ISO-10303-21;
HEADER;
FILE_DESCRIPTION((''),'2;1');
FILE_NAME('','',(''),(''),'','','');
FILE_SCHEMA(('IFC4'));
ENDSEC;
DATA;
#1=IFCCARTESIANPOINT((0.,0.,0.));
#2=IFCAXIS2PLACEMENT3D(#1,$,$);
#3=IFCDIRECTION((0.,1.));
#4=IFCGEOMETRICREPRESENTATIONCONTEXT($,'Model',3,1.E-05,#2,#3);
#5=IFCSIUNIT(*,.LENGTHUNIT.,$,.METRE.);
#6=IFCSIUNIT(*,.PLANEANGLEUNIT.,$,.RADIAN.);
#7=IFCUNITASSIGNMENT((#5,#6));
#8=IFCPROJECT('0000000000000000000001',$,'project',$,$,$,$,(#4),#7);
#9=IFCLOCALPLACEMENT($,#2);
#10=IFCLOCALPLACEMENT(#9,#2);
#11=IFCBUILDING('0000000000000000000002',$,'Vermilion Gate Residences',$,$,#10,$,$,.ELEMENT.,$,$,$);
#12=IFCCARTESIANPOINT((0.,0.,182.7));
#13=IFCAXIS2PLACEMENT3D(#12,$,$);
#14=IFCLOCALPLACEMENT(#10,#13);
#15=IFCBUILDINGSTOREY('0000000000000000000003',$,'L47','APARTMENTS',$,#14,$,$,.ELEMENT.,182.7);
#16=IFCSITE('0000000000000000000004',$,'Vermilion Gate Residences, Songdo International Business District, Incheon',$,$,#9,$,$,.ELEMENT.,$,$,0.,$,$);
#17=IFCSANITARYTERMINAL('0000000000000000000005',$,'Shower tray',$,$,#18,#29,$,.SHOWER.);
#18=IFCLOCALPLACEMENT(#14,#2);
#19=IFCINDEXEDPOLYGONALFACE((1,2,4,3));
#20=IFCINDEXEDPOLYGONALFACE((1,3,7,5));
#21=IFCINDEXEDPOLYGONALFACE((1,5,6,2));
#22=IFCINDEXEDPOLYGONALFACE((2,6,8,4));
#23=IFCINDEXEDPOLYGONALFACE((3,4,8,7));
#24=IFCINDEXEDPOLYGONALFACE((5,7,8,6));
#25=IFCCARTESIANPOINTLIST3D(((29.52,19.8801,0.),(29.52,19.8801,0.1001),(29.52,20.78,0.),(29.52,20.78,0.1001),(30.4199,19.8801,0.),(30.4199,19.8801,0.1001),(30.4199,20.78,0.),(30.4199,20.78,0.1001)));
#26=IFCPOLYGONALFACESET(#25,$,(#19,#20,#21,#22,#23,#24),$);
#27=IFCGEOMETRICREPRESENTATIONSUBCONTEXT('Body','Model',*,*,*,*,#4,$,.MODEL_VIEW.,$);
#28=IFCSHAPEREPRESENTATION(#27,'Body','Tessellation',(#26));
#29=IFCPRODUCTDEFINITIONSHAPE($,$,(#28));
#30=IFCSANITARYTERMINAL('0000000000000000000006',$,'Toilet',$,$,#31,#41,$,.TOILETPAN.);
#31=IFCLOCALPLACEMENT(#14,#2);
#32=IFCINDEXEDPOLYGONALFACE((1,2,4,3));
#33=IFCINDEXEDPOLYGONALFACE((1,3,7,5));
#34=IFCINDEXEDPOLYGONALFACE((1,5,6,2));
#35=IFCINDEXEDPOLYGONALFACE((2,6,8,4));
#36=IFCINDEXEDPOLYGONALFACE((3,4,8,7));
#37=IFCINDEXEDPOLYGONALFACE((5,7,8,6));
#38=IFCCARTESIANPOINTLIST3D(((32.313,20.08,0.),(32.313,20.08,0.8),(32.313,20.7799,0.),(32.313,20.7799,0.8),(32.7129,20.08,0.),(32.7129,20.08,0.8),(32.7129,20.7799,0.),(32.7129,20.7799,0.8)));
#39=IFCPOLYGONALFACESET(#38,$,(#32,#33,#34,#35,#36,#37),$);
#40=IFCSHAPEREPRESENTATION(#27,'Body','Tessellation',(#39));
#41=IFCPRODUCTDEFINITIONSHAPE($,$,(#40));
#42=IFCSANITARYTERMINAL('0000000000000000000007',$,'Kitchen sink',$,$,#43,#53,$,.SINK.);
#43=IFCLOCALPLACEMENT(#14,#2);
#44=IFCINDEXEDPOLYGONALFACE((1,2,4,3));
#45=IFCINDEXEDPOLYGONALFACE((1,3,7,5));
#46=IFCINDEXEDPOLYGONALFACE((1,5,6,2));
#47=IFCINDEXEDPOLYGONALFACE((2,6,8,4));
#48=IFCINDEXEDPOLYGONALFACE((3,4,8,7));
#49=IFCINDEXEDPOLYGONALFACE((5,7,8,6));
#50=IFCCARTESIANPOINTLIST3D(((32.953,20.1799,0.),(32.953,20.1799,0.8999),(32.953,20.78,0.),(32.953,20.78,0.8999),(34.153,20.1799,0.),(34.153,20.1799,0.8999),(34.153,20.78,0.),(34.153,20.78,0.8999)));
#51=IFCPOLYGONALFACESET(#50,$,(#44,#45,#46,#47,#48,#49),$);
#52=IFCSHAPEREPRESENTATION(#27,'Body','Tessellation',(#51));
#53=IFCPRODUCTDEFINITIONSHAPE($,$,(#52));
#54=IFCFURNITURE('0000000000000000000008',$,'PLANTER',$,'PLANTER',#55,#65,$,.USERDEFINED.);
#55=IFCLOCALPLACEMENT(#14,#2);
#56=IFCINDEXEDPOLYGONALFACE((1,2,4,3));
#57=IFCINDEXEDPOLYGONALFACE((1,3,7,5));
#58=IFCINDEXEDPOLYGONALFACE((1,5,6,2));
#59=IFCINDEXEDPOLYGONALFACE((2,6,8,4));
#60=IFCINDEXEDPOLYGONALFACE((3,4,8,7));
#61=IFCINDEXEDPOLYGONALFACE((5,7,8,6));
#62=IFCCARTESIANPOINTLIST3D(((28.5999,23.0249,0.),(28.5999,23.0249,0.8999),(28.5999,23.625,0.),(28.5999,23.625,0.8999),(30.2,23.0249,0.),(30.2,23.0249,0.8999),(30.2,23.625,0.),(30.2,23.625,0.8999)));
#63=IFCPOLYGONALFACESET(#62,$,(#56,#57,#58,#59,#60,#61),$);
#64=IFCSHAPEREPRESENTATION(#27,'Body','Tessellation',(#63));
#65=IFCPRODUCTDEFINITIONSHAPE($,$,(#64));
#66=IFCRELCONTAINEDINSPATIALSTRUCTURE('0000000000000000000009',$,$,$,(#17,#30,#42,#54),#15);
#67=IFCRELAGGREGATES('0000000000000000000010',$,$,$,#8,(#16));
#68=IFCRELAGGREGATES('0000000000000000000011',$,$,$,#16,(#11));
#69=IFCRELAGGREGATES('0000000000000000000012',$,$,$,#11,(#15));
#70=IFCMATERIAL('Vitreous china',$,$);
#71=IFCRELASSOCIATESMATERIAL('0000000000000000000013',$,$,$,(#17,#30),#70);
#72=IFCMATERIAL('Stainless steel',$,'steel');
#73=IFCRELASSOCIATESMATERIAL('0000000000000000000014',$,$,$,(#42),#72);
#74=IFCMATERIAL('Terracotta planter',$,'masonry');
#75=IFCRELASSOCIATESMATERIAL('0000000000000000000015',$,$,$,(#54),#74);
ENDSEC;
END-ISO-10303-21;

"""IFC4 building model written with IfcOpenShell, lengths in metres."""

from ifc_helpers import new_model, si_unit, direction, frame, origin, origin_2d, place, context, subcontext, project, spatial, rectangle, extrude, material, element, save


model = new_model("IFC4")

# Units and contexts
model_context = context("Model", 3, precision=1e-05, world=origin(), true_north=direction((0.0, 1.0)))
body_context = subcontext(model_context, "Body", "Model", "MODEL_VIEW")
ifc_project = project(units=[si_unit("LENGTHUNIT", "METRE"), si_unit("PLANEANGLEUNIT", "RADIAN")], contexts=[model_context])

# Site, building, storey
site_placement = place(None, origin())
site = spatial("IfcSite", under=ifc_project, at=site_placement, Name="Vermilion Gate Residences, Songdo International Business District, Incheon", CompositionType="ELEMENT", RefElevation=0.0)
building_placement = place(site_placement, origin())
building = spatial("IfcBuilding", under=site, at=building_placement, Name="Vermilion Gate Residences", CompositionType="ELEMENT")
storey_placement = place(building_placement, frame((0.0, 0.0, 182.7)))
storey = spatial("IfcBuildingStorey", under=building, at=storey_placement, Name="L47", Description="APARTMENTS", CompositionType="ELEMENT", Elevation=182.7)

# Sanitary terminals
ifc_material_1 = material(Name="Vitreous china")
ifc_material_2 = material(Name="Stainless steel", Category="steel")
sanitary_terminal_1_placement = place(storey_placement, frame((29.97, 20.3301, 0.0), z_axis=(0.0, 0.0, 1.0), x_axis=(1.0, 0.0, 0.0)))
element("IfcSanitaryTerminal", 1, at=sanitary_terminal_1_placement, inside=storey, material=ifc_material_1, Name="Shower tray", PredefinedType="SHOWER", context=body_context, shape_type="SweptSolid", body=[
    extrude(rectangle(XDim=0.8999, YDim=0.8999, at=origin_2d()), origin(), (0.0, 0.0, 1.0), 0.1001),
])
sanitary_terminal_2_placement = place(storey_placement, frame((32.5129, 20.4299, 0.0), z_axis=(0.0, 0.0, 1.0), x_axis=(1.0, 0.0, 0.0)))
element("IfcSanitaryTerminal", 2, at=sanitary_terminal_2_placement, inside=storey, material=ifc_material_1, Name="Toilet", PredefinedType="TOILETPAN", context=body_context, shape_type="SweptSolid", body=[
    extrude(rectangle(XDim=0.3999, YDim=0.7, at=origin_2d()), origin(), (0.0, 0.0, 1.0), 0.8),
])
sanitary_terminal_3_placement = place(storey_placement, frame((33.553, 20.48, 0.0), z_axis=(0.0, 0.0, 1.0), x_axis=(1.0, 0.0, 0.0)))
element("IfcSanitaryTerminal", 3, at=sanitary_terminal_3_placement, inside=storey, material=ifc_material_2, Name="Kitchen sink", PredefinedType="SINK", context=body_context, shape_type="SweptSolid", body=[
    extrude(rectangle(XDim=1.2, YDim=0.6001, at=origin_2d()), origin(), (0.0, 0.0, 1.0), 0.8999),
])

# Furniture
ifc_material_3 = material(Name="Terracotta planter", Category="masonry")
furniture_placement = place(storey_placement, frame((29.3999, 23.325, 0.0), z_axis=(0.0, 0.0, 1.0), x_axis=(-1.0, 0.0, 0.0)))
element("IfcFurniture", 4, at=furniture_placement, inside=storey, material=ifc_material_3, Name="PLANTER", ObjectType="PLANTER", PredefinedType="USERDEFINED", context=body_context, shape_type="SweptSolid", body=[
    extrude(rectangle(XDim=1.6001, YDim=0.6001, at=origin_2d()), origin(), (0.0, 0.0, 1.0), 0.8999),
])

save(model, "model.ifc")
